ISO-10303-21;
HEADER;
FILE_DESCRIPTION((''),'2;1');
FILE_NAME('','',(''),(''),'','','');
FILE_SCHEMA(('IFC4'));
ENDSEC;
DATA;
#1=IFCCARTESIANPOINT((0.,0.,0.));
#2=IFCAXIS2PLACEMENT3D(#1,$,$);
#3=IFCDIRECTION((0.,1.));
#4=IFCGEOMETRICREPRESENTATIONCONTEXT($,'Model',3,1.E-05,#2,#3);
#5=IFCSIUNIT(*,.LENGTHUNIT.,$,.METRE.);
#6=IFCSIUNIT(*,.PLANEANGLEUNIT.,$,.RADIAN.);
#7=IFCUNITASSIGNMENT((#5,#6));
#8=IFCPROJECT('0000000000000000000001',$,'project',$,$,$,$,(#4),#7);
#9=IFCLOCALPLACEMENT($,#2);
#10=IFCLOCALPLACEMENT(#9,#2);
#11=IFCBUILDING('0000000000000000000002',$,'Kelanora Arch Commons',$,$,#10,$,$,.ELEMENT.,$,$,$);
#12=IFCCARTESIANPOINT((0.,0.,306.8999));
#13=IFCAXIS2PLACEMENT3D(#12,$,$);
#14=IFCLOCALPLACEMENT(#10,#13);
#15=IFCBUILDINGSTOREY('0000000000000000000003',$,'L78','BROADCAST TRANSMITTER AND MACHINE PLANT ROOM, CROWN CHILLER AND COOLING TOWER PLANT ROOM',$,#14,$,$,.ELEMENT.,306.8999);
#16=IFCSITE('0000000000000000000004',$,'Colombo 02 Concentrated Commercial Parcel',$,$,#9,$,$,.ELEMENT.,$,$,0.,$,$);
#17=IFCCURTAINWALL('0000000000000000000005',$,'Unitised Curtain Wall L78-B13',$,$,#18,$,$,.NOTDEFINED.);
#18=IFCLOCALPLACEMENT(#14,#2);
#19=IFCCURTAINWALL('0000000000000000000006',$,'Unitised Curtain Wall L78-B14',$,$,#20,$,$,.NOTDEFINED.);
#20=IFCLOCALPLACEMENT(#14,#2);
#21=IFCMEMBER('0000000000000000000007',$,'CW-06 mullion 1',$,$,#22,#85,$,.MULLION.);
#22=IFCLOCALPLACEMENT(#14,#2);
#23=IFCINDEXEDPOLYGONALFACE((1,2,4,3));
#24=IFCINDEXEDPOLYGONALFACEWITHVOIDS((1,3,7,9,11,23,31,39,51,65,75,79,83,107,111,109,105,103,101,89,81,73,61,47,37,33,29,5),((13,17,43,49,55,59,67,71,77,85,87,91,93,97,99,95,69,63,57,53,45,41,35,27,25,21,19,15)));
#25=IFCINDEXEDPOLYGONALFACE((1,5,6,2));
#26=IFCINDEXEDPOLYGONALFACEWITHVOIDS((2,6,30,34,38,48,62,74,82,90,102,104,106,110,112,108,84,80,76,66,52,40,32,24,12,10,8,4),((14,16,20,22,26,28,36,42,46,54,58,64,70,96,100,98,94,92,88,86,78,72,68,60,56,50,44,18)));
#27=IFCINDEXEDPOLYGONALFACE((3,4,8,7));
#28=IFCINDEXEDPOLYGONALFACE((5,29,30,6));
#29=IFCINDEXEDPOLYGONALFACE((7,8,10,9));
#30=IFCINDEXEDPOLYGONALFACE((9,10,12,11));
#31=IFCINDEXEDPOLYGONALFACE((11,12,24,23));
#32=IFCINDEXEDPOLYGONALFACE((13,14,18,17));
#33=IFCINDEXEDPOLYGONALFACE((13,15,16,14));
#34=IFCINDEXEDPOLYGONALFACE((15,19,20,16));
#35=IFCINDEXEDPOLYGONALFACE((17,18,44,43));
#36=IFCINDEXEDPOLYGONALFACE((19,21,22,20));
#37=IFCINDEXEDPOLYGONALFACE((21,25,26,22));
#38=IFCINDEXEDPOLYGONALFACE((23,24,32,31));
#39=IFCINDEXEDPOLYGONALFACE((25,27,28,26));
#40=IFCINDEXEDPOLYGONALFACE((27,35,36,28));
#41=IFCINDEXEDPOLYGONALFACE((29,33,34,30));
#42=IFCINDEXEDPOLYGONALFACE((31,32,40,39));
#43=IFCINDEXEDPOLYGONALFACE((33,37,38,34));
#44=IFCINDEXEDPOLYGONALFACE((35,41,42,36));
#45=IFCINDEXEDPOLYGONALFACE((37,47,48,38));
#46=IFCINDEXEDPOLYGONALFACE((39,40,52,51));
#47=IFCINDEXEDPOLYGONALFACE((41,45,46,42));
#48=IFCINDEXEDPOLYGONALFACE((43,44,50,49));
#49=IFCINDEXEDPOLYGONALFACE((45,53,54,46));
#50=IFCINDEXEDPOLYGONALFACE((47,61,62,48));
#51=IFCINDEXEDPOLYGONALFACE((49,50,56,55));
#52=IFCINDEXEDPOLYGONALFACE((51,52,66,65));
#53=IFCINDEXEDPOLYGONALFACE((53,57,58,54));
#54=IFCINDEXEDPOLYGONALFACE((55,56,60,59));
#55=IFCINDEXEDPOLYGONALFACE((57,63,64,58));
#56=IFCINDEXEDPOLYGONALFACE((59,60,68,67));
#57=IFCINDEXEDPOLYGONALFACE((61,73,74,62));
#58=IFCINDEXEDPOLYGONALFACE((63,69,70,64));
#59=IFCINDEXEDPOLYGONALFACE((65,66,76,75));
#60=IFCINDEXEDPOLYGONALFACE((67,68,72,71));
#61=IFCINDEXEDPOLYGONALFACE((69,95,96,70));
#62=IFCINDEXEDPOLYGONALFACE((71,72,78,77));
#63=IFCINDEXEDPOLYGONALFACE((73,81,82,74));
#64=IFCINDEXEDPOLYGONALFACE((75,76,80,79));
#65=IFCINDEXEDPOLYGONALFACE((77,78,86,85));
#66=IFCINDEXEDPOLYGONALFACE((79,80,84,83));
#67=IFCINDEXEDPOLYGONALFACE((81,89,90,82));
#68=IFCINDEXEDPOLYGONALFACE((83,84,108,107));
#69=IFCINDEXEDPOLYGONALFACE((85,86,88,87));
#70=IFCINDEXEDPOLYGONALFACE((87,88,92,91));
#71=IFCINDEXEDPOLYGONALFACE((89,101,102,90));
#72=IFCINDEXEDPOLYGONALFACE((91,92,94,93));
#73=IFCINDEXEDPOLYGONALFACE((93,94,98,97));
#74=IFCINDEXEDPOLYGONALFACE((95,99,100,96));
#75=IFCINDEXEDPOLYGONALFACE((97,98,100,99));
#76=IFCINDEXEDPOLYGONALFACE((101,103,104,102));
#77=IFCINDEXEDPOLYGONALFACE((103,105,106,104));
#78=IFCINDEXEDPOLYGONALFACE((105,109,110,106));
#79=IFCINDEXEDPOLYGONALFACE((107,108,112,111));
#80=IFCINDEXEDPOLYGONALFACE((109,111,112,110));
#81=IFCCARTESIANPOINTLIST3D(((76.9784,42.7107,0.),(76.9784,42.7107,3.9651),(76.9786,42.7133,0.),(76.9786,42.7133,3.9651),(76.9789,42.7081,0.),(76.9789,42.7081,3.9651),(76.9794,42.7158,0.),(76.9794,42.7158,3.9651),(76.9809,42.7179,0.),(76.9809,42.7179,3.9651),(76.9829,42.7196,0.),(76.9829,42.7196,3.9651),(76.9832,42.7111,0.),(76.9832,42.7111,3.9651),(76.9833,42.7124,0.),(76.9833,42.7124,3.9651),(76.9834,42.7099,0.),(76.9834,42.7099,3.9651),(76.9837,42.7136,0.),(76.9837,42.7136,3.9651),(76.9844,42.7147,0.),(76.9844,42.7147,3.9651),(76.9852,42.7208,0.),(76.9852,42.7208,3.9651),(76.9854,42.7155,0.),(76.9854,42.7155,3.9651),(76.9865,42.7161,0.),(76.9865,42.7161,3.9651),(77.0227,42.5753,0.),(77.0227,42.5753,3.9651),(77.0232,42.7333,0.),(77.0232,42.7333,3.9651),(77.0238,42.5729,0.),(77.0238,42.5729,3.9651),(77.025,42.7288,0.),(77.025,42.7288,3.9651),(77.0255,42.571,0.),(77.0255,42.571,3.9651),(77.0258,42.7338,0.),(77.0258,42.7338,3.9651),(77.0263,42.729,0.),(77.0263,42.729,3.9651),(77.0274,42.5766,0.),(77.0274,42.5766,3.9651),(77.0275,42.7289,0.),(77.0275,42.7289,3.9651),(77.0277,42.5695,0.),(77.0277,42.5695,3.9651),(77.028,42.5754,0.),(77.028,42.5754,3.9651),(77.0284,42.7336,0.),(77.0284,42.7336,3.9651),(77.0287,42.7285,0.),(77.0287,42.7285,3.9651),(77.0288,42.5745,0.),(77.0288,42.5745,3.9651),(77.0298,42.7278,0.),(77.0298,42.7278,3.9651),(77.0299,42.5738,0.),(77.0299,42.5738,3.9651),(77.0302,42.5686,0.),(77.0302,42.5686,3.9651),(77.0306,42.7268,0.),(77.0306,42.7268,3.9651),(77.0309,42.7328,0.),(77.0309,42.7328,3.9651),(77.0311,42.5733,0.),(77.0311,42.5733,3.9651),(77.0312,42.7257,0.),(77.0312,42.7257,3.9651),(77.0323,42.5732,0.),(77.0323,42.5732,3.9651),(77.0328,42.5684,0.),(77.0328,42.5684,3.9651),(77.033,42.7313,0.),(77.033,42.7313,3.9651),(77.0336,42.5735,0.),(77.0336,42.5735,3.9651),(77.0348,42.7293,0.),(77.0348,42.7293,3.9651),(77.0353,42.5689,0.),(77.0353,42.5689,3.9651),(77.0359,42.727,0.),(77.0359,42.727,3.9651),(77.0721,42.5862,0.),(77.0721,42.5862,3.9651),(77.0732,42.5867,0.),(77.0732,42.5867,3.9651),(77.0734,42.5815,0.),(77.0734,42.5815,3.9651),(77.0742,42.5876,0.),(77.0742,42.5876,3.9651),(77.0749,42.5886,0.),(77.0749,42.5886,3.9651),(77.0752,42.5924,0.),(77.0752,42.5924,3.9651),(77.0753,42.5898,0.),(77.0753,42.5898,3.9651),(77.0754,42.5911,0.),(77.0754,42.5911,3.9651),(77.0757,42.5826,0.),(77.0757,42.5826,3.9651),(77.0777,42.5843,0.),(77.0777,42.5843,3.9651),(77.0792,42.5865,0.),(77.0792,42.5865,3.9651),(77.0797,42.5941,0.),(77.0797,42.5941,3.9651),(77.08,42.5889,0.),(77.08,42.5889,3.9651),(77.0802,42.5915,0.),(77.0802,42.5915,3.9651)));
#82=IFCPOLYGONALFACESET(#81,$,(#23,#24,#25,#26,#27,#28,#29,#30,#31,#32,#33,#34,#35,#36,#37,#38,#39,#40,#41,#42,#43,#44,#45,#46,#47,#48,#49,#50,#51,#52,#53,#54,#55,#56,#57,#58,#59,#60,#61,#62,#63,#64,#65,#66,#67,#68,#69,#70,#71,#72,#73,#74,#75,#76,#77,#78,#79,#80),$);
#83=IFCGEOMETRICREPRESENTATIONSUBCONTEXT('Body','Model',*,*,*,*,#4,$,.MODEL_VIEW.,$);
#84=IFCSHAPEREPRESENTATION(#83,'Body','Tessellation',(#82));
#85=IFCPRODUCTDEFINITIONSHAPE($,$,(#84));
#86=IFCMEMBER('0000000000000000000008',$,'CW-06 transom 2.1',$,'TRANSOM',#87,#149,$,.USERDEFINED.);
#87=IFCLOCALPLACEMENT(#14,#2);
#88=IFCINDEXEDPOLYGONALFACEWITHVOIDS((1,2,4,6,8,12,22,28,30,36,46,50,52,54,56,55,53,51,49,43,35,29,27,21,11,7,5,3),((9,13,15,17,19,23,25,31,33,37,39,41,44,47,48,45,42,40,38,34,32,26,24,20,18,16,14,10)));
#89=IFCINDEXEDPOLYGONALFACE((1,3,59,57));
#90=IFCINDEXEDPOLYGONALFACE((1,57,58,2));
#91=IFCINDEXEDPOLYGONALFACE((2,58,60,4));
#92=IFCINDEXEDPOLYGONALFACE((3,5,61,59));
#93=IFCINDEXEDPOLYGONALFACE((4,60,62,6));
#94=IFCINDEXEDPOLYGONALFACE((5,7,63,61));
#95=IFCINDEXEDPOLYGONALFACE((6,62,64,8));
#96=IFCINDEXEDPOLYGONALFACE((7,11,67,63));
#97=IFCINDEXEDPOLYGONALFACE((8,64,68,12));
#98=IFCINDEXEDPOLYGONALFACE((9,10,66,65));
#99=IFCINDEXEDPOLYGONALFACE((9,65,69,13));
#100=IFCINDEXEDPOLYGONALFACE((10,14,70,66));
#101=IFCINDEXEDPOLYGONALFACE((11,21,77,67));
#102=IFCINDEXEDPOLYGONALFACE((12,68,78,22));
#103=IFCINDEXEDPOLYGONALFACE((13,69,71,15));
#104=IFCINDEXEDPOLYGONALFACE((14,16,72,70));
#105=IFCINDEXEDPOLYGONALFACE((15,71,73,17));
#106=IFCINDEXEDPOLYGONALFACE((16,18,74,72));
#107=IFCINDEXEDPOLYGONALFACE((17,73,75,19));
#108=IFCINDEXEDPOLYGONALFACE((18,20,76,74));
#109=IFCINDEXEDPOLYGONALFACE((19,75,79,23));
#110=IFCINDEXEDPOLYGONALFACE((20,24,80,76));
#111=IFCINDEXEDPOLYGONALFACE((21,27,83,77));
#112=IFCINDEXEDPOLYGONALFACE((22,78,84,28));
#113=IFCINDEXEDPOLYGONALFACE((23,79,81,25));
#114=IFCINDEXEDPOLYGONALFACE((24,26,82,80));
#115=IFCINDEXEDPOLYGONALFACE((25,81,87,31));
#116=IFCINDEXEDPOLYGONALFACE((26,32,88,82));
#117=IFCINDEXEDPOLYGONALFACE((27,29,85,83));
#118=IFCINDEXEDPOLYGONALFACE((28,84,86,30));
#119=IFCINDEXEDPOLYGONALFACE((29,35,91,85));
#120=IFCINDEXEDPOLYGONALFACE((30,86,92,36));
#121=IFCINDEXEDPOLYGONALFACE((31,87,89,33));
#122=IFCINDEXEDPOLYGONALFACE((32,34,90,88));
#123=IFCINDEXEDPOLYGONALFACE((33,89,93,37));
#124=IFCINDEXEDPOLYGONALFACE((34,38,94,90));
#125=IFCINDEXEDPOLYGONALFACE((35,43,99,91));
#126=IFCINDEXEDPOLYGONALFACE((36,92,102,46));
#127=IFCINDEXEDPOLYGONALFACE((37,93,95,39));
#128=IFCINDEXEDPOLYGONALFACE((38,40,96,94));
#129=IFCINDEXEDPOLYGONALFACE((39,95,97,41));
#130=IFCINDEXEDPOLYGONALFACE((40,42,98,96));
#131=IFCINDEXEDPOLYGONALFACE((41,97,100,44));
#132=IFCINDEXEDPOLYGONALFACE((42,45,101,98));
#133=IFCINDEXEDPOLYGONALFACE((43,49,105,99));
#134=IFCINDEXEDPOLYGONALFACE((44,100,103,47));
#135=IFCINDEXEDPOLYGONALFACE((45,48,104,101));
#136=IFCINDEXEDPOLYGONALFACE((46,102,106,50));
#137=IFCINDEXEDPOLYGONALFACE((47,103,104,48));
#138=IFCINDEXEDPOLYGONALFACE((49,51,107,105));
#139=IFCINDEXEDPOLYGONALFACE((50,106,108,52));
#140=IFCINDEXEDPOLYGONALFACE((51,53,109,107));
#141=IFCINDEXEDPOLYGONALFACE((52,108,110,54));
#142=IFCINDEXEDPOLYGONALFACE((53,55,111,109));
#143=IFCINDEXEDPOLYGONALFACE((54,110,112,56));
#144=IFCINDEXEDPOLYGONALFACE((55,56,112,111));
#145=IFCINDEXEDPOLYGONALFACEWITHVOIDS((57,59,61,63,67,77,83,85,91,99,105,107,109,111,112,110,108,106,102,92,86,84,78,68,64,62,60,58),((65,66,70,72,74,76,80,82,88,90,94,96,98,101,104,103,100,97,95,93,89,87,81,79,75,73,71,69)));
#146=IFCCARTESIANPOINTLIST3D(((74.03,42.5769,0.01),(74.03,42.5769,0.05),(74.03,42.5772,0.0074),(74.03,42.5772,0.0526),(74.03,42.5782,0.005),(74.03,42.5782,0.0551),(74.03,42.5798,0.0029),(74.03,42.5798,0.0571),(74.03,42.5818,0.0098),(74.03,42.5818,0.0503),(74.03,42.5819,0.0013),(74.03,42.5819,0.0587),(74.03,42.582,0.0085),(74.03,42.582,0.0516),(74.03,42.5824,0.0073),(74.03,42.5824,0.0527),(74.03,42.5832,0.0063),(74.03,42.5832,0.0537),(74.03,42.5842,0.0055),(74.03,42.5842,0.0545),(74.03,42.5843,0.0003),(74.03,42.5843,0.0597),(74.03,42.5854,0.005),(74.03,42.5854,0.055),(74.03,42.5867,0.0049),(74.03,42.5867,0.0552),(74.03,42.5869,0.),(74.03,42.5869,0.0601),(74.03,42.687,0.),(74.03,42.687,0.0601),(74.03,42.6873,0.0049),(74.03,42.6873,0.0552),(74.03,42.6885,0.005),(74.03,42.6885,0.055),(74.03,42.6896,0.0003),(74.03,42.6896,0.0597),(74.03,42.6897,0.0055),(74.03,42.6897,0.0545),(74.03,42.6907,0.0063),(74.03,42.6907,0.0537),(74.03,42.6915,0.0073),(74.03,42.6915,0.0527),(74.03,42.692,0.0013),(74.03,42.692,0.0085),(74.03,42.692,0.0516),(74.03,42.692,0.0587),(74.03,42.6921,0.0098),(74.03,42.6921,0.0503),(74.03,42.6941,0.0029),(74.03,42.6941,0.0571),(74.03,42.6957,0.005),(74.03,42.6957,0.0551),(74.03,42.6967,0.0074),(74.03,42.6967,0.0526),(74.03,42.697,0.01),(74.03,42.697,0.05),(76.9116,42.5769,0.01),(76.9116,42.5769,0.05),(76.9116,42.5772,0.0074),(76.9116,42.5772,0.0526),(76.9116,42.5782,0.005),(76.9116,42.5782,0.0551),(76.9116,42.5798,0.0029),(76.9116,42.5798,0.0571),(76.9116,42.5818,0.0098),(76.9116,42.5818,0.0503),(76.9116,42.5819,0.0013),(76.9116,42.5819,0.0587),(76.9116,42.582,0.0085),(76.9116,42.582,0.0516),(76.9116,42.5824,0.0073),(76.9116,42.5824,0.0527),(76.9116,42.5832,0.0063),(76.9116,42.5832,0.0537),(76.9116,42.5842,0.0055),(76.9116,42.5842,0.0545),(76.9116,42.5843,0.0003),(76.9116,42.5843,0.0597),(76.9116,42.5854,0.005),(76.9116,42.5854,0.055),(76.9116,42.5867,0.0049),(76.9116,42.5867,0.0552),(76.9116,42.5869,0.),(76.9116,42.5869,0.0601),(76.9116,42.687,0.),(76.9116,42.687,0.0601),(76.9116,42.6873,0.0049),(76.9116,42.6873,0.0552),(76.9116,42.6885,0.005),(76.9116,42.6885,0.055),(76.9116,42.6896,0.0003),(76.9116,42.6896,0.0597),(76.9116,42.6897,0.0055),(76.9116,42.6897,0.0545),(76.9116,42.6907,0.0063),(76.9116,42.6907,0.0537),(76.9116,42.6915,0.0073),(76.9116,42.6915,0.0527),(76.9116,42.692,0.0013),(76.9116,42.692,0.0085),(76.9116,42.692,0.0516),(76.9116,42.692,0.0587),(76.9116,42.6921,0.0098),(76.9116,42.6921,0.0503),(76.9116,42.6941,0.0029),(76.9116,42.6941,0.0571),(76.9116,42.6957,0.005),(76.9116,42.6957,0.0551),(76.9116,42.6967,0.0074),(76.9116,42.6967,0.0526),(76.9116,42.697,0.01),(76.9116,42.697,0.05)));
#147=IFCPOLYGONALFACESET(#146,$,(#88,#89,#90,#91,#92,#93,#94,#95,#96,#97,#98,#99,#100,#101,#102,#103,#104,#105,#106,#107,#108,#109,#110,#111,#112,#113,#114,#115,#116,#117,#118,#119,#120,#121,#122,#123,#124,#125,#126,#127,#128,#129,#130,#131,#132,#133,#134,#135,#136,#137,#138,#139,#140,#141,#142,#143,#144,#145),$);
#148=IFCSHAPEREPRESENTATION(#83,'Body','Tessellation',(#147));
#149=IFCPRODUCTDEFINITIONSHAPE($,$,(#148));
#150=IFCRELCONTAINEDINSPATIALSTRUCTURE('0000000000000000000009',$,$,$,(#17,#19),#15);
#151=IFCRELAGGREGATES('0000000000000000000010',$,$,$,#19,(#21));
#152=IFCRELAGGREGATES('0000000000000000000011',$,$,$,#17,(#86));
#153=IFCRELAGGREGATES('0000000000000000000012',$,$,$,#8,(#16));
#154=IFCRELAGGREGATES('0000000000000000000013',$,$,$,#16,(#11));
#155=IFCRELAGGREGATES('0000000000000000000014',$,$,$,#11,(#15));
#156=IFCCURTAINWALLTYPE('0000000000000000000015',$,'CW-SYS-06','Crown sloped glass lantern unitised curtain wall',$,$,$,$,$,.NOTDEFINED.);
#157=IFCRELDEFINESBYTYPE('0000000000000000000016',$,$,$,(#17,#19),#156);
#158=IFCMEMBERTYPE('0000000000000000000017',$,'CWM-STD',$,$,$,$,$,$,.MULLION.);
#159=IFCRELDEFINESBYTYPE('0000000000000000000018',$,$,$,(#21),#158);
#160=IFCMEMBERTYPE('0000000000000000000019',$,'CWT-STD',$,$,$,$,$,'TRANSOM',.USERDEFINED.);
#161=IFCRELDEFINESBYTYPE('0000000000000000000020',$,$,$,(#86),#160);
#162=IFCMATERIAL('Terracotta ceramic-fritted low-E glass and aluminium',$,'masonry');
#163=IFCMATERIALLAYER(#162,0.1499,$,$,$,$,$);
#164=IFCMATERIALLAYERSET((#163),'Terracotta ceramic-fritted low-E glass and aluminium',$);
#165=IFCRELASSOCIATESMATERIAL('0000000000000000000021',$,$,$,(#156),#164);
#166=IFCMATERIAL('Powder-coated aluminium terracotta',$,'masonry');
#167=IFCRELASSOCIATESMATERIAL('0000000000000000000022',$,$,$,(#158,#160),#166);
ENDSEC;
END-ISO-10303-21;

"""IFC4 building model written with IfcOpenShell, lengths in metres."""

from ifc_helpers import new_model, si_unit, direction, frame, origin, origin_2d, place, context, subcontext, project, spatial, hollow_rectangle, extrude, material, layer, layer_set, material_profile, profile_set, type_object, element, aggregate, save


model = new_model("IFC4")

# Units and contexts
model_context = context("Model", 3, precision=1e-05, world=origin(), true_north=direction((0.0, 1.0)))
body_context = subcontext(model_context, "Body", "Model", "MODEL_VIEW")
ifc_project = project(units=[si_unit("LENGTHUNIT", "METRE"), si_unit("PLANEANGLEUNIT", "RADIAN")], contexts=[model_context])

# Site, building, storey
site_placement = place(None, origin())
site = spatial("IfcSite", under=ifc_project, at=site_placement, Name="Colombo 02 Concentrated Commercial Parcel", CompositionType="ELEMENT", RefElevation=0.0)
building_placement = place(site_placement, origin())
building = spatial("IfcBuilding", under=site, at=building_placement, Name="Kelanora Arch Commons", CompositionType="ELEMENT")
storey_placement = place(building_placement, frame((0.0, 0.0, 306.8999)))
storey = spatial("IfcBuildingStorey", under=building, at=storey_placement, Name="L78", Description="BROADCAST TRANSMITTER AND MACHINE PLANT ROOM, CROWN CHILLER AND COOLING TOWER PLANT ROOM", CompositionType="ELEMENT", Elevation=306.8999)

# Curtain wall
ifc_material_1 = material(Name="Terracotta ceramic-fritted low-E glass and aluminium", Category="masonry")
ifc_layer_1 = layer(ifc_material_1, 0.1499)
ifc_layer_set_1 = layer_set([ifc_layer_1], Name="Terracotta ceramic-fritted low-E glass and aluminium")
curtain_wall_type = type_object("IfcCurtainWallType", Name="CW-SYS-06", Description="Crown sloped glass lantern unitised curtain wall", PredefinedType="NOTDEFINED", material=ifc_layer_set_1)
curtain_wall_1_placement = place(storey_placement, origin())
curtain_wall_1 = element("IfcCurtainWall", 1, at=curtain_wall_1_placement, inside=storey, type_object=curtain_wall_type, Name="Unitised Curtain Wall L78-B13", PredefinedType="NOTDEFINED")
ifc_material_2 = material(Name="Powder-coated aluminium terracotta", Category="masonry")
ifc_material_profile_1 = material_profile(ifc_material_2, hollow_rectangle(XDim=0.1599, YDim=0.0601, WallThickness=0.0049, InnerFilletRadius=0.0049, OuterFilletRadius=0.01, at=origin_2d()), Name="CWM160x60")
ifc_profile_set_1 = profile_set([ifc_material_profile_1], Name="Powder-coated aluminium terracotta")
member_type_1 = type_object("IfcMemberType", Name="CWM-STD", PredefinedType="MULLION", material=ifc_profile_set_1)

# Curtain wall, member
curtain_wall_2_placement = place(storey_placement, origin())
curtain_wall_2 = element("IfcCurtainWall", 2, at=curtain_wall_2_placement, inside=storey, type_object=curtain_wall_type, Name="Unitised Curtain Wall L78-B14", PredefinedType="NOTDEFINED")
member_1_placement = place(storey_placement, frame((77.0293, 42.6511, 0.0), z_axis=(0.0, 0.0, 1.0), x_axis=(-0.313467, 0.949599, 0.0)))
member_1 = element("IfcMember", 3, at=member_1_placement, type_object=member_type_1, Name="CW-06 mullion 1", PredefinedType="MULLION", context=body_context, shape_type="SweptSolid", body=[
    extrude(hollow_rectangle(XDim=0.1599, YDim=0.0601, WallThickness=0.0049, InnerFilletRadius=0.0049, OuterFilletRadius=0.01, at=origin_2d()), origin(), (0.0, 0.0, 1.0), 3.9651),
])

# Member
ifc_material_profile_2 = material_profile(ifc_material_2, hollow_rectangle(XDim=0.1201, YDim=0.0601, WallThickness=0.0049, InnerFilletRadius=0.0049, OuterFilletRadius=0.01, at=origin_2d()), Name="CWT120x60")
ifc_profile_set_2 = profile_set([ifc_material_profile_2], Name="Powder-coated aluminium terracotta")
member_type_2 = type_object("IfcMemberType", Name="CWT-STD", ElementType="TRANSOM", PredefinedType="USERDEFINED", material=ifc_profile_set_2)
member_2_placement = place(storey_placement, frame((74.03, 42.637, 0.03), z_axis=(1.0, 0.0, 0.0), x_axis=(0.0, 1.0, 0.0)))
member_2 = element("IfcMember", 4, at=member_2_placement, type_object=member_type_2, Name="CW-06 transom 2.1", ObjectType="TRANSOM", PredefinedType="USERDEFINED", context=body_context, shape_type="SweptSolid", body=[
    extrude(hollow_rectangle(XDim=0.1201, YDim=0.0601, WallThickness=0.0049, InnerFilletRadius=0.0049, OuterFilletRadius=0.01, at=origin_2d()), origin(), (0.0, 0.0, 1.0), 2.8816),
])

aggregate(curtain_wall_2, [member_1])
aggregate(curtain_wall_1, [member_2])

save(model, "model.ifc")
